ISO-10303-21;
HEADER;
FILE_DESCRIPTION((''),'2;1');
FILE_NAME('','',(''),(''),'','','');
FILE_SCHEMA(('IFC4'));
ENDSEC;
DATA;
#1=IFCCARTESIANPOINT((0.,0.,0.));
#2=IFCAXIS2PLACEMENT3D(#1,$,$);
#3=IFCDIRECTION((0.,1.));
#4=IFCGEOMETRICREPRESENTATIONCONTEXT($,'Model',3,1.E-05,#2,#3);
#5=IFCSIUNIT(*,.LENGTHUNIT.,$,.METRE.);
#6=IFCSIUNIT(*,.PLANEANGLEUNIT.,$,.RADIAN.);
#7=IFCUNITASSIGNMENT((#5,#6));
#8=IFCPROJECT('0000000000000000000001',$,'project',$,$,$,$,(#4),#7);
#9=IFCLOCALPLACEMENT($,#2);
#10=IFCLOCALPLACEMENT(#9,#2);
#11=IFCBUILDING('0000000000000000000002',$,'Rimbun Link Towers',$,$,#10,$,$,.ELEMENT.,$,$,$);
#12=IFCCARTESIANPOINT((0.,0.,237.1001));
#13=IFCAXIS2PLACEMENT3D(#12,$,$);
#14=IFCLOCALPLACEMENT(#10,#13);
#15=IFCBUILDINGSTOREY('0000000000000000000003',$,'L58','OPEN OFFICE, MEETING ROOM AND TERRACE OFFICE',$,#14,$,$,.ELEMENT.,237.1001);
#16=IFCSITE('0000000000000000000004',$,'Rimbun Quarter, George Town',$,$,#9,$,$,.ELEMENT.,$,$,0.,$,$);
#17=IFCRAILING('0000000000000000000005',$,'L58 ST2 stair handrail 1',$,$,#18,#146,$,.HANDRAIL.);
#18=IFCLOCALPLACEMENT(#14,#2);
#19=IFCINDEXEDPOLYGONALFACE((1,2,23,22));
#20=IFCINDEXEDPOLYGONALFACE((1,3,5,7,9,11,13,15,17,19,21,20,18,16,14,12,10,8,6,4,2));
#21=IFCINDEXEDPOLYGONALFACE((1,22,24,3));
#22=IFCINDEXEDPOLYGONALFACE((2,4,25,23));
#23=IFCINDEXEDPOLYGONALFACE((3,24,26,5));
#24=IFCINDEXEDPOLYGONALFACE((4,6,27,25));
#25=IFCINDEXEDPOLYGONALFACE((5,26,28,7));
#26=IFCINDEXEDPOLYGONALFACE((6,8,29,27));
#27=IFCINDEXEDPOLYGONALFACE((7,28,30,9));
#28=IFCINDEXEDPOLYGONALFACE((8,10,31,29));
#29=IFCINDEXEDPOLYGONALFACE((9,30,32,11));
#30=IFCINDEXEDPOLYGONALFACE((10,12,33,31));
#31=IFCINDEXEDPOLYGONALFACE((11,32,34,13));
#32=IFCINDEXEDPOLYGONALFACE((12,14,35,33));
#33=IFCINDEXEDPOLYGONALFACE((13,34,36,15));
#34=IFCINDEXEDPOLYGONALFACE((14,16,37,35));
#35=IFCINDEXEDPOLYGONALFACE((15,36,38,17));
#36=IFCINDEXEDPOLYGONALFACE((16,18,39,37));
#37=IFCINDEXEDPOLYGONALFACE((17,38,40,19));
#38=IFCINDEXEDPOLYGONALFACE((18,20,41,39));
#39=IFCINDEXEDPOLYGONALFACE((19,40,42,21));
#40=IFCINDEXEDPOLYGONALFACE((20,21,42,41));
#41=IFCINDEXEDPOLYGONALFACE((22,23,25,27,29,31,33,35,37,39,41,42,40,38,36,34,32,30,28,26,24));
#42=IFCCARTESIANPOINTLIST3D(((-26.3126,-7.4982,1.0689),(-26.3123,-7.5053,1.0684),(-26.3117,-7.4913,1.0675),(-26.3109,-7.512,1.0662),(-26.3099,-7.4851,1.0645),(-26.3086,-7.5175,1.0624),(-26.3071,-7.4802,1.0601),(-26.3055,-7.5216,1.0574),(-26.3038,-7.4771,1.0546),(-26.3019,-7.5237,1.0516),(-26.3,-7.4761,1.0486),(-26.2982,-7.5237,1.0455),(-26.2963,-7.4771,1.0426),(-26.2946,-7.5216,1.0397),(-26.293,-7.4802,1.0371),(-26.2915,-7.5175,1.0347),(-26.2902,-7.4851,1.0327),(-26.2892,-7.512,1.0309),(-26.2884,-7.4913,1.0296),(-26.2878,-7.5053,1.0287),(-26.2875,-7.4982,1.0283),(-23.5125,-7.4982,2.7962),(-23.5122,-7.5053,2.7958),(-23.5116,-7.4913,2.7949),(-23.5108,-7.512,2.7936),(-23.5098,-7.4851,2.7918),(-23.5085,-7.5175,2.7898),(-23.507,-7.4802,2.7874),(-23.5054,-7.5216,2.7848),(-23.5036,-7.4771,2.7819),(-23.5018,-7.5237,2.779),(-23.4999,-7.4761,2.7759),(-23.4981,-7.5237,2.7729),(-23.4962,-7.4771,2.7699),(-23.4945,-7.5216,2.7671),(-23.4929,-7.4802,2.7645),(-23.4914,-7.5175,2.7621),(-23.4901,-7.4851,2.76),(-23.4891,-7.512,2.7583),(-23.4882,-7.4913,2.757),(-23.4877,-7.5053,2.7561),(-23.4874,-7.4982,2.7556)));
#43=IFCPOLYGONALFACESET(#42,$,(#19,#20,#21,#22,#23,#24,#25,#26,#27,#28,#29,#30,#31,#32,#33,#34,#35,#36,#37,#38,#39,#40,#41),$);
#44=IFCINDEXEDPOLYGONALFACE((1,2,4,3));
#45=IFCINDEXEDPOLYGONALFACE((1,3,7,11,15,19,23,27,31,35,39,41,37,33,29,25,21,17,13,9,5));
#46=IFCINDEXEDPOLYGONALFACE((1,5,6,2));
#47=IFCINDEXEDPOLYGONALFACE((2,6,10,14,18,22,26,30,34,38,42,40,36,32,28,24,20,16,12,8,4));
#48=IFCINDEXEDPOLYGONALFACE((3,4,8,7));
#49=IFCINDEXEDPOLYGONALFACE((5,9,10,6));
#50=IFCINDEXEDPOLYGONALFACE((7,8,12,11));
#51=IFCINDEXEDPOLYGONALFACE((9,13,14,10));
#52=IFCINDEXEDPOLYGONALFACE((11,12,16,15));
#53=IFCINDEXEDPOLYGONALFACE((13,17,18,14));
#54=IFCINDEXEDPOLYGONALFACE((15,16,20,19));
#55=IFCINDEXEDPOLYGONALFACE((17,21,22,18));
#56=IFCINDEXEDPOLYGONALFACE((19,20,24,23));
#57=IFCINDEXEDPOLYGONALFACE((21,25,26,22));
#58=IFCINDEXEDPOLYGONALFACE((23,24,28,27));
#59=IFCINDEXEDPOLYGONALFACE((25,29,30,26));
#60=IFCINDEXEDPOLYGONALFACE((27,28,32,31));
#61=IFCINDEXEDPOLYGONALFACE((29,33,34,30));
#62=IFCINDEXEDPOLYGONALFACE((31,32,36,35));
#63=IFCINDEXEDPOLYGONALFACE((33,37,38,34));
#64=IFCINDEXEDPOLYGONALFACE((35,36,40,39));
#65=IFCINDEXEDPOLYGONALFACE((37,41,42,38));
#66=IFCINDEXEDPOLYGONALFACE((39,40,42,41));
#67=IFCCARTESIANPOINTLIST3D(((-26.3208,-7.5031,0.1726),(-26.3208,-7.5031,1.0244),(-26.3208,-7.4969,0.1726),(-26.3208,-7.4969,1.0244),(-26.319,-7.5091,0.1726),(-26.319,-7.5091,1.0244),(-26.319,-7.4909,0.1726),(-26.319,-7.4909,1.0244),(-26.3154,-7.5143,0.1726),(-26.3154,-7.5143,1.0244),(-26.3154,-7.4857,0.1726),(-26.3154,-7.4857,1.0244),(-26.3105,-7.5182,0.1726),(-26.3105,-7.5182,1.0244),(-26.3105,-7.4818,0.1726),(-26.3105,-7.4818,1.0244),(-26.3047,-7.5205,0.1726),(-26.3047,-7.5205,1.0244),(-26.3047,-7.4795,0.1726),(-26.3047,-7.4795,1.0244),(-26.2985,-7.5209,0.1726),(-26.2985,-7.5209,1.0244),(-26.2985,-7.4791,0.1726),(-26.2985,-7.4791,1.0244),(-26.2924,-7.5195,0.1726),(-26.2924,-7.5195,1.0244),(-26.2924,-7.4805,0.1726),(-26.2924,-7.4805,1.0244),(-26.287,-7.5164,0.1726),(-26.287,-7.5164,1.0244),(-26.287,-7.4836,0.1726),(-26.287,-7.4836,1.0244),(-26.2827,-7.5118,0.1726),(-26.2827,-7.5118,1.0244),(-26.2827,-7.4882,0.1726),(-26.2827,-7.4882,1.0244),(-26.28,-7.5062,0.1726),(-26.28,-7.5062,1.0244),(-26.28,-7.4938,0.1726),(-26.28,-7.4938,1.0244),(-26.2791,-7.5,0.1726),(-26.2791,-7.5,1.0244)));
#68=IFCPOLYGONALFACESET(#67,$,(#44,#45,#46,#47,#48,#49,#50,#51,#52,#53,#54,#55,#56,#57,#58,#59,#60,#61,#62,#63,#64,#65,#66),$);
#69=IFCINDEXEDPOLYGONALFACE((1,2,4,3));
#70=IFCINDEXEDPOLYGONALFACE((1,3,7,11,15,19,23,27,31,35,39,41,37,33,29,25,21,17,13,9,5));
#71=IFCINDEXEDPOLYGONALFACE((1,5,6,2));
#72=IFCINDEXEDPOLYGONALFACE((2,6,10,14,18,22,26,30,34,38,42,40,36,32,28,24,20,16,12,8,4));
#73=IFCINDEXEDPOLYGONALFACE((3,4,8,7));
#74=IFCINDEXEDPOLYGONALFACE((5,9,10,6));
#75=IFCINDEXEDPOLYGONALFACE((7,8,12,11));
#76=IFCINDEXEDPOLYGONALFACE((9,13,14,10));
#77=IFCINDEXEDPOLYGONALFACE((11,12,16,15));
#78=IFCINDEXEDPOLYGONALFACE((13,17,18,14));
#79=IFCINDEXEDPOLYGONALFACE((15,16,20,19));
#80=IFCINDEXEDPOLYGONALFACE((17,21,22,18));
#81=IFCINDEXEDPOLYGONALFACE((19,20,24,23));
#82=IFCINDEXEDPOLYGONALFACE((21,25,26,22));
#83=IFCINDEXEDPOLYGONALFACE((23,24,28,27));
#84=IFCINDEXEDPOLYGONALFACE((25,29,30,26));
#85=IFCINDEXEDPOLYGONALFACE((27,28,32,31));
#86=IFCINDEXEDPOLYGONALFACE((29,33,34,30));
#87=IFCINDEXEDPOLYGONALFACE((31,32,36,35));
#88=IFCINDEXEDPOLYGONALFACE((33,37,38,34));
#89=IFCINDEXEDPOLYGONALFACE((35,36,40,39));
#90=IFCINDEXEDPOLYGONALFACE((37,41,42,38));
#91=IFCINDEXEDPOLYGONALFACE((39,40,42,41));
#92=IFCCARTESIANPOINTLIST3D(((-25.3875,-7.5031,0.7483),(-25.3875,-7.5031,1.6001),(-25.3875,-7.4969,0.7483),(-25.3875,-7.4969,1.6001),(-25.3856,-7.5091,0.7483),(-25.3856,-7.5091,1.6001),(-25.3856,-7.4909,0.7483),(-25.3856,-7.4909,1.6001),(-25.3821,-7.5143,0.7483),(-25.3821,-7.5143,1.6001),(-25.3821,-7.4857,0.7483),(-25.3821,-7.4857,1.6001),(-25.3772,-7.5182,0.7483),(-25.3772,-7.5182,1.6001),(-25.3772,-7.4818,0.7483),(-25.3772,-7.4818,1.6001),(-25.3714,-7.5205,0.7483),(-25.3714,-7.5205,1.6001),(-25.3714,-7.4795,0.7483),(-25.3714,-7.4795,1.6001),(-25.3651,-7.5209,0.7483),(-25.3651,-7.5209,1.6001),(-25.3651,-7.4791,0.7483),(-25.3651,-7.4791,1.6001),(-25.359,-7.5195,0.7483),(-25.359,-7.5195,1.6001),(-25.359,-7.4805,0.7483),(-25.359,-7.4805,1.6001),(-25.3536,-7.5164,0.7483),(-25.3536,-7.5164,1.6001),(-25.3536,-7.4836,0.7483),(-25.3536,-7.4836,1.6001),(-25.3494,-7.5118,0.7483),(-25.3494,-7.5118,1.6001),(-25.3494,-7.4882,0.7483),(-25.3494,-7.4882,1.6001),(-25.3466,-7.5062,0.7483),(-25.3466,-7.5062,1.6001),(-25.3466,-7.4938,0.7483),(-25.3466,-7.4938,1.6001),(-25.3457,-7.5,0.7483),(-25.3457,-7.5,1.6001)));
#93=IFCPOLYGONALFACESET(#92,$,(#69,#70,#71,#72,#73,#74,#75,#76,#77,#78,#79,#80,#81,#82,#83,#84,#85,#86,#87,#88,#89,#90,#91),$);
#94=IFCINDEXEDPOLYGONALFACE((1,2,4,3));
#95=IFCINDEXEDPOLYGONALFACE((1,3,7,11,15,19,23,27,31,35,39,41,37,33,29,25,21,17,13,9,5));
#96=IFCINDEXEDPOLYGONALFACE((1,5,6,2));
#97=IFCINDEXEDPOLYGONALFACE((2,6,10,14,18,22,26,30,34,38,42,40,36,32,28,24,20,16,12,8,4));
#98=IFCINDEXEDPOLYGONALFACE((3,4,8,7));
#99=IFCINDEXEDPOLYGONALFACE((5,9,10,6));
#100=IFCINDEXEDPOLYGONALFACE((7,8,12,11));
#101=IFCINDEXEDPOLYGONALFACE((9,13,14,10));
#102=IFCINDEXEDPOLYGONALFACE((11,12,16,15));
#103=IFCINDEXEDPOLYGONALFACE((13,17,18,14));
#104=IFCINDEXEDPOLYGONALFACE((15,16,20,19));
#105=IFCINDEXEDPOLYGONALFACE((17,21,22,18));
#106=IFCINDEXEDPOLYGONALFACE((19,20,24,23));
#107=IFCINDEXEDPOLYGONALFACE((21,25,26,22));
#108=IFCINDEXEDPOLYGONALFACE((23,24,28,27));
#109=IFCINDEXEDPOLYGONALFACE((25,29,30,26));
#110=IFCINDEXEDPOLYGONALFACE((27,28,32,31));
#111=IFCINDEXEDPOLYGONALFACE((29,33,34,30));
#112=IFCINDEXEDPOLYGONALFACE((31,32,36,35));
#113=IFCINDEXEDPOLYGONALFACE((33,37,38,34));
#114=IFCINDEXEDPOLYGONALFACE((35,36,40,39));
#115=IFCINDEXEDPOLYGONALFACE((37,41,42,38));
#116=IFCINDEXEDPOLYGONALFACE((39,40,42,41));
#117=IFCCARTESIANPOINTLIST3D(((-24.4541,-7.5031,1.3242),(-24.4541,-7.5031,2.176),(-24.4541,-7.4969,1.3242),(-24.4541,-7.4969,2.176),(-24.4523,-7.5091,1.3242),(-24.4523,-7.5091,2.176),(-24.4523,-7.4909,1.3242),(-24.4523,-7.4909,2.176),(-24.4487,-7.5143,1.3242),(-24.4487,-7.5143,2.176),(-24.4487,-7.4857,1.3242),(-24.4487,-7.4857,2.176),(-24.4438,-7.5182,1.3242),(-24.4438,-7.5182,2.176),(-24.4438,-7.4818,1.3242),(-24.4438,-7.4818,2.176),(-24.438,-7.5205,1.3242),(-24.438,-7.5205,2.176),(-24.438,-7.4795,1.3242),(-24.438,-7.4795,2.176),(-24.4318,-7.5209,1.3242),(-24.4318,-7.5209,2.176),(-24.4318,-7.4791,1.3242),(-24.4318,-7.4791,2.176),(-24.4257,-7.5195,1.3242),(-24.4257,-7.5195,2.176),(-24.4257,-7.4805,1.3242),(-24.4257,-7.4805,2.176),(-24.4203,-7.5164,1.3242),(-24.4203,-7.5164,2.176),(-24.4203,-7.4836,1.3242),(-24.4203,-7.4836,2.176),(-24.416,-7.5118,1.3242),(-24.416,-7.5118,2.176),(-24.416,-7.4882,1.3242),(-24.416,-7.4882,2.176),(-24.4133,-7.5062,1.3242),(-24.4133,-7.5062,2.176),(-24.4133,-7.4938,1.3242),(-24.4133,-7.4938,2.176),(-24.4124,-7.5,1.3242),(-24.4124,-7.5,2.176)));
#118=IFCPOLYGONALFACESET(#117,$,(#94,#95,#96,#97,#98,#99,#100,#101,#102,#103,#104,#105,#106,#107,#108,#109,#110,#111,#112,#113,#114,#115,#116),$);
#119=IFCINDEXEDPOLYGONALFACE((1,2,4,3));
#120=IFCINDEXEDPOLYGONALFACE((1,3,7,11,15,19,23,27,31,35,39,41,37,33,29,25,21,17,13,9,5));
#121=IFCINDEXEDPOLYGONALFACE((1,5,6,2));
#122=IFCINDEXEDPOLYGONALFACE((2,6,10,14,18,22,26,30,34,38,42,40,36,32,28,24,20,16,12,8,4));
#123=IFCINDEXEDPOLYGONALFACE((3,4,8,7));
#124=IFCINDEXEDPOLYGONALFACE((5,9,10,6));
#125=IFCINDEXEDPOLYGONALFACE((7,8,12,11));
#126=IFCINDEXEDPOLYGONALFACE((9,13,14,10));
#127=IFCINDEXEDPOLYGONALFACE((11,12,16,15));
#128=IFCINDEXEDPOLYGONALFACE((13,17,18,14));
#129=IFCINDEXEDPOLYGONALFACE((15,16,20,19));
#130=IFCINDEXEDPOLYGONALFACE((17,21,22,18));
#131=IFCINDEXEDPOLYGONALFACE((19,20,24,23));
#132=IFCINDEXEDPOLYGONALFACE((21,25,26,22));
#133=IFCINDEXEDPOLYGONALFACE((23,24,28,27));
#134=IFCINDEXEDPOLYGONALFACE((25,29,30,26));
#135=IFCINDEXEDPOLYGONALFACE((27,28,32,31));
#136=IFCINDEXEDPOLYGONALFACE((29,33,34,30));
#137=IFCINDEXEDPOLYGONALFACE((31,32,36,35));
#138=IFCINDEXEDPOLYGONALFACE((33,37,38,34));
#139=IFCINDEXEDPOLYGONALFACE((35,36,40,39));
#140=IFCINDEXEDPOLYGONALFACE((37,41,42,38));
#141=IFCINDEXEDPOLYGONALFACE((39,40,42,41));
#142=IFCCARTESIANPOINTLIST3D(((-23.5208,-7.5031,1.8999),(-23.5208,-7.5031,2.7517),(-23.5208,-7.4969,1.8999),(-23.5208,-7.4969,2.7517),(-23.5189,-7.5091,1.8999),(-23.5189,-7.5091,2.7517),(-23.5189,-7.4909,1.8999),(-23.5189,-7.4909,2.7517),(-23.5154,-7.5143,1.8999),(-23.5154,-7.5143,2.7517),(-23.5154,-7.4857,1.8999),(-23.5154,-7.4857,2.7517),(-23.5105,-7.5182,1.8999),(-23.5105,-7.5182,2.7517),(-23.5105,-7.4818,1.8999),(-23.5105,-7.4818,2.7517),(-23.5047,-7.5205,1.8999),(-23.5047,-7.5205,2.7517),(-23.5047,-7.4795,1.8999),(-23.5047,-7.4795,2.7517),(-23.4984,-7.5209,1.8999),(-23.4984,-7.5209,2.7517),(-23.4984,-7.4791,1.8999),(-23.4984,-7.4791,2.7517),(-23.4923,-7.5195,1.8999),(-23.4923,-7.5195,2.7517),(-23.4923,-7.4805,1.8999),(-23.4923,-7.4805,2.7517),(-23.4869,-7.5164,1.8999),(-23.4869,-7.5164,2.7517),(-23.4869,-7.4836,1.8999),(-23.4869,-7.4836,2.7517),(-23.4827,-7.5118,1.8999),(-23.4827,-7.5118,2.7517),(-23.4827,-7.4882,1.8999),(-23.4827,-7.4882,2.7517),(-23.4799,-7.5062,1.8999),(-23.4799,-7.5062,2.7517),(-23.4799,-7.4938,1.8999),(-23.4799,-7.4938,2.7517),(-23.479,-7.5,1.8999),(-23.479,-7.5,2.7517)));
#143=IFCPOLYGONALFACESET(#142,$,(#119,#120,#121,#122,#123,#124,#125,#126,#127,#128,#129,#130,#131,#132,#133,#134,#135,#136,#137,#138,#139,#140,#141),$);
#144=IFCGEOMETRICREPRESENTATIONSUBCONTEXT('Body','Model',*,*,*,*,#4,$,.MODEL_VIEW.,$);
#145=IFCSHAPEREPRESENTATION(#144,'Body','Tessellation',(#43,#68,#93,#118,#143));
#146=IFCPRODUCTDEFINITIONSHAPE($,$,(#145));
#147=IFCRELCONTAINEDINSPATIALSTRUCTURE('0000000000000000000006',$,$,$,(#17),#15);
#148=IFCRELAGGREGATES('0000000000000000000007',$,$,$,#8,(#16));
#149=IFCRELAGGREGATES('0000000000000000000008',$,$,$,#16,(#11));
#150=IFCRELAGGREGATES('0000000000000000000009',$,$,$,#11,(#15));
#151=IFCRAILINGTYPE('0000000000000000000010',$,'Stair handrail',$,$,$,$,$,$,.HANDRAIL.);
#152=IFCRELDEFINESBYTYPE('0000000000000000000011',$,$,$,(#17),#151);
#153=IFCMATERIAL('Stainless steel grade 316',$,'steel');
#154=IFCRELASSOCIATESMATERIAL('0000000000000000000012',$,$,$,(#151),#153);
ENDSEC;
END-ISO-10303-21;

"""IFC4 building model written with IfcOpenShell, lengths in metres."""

from ifc_helpers import new_model, si_unit, direction, frame, origin, origin_2d, place, context, subcontext, project, spatial, circle, extrude, material, type_object, element, save


model = new_model("IFC4")

# Units and contexts
model_context = context("Model", 3, precision=1e-05, world=origin(), true_north=direction((0.0, 1.0)))
body_context = subcontext(model_context, "Body", "Model", "MODEL_VIEW")
ifc_project = project(units=[si_unit("LENGTHUNIT", "METRE"), si_unit("PLANEANGLEUNIT", "RADIAN")], contexts=[model_context])

# Site, building, storey
site_placement = place(None, origin())
site = spatial("IfcSite", under=ifc_project, at=site_placement, Name="Rimbun Quarter, George Town", CompositionType="ELEMENT", RefElevation=0.0)
building_placement = place(site_placement, origin())
building = spatial("IfcBuilding", under=site, at=building_placement, Name="Rimbun Link Towers", CompositionType="ELEMENT")
storey_placement = place(building_placement, frame((0.0, 0.0, 237.1001)))
storey = spatial("IfcBuildingStorey", under=building, at=storey_placement, Name="L58", Description="OPEN OFFICE, MEETING ROOM AND TERRACE OFFICE", CompositionType="ELEMENT", Elevation=237.1001)

# Railing
ifc_material_1 = material(Name="Stainless steel grade 316", Category="steel")
railing_type = type_object("IfcRailingType", Name="Stair handrail", PredefinedType="HANDRAIL", material=ifc_material_1)
railing_placement = place(storey_placement, frame((-26.3, -7.5, 0.1726)))
element("IfcRailing", 1, at=railing_placement, inside=storey, type_object=railing_type, Name="L58 ST2 stair handrail 1", PredefinedType="HANDRAIL", context=body_context, shape_type="SweptSolid", body=[
    extrude(circle(Radius=0.0239, at=origin_2d()), frame((0.0, 0.0, 0.876), z_axis=(0.85109, 0.0, 0.52502), x_axis=(0.0, 1.0, 0.0)), (0.0, 0.0, 1.0), 3.29),
    extrude(circle(Radius=0.021, at=origin_2d()), origin(), (0.0, 0.0, 1.0), 0.8518),
    extrude(circle(Radius=0.021, at=origin_2d()), frame((0.9333, 0.0, 0.5757)), (0.0, 0.0, 1.0), 0.8518),
    extrude(circle(Radius=0.021, at=origin_2d()), frame((1.8667, 0.0, 1.1516)), (0.0, 0.0, 1.0), 0.8518),
    extrude(circle(Radius=0.021, at=origin_2d()), frame((2.8, 0.0, 1.7273)), (0.0, 0.0, 1.0), 0.8518),
])

save(model, "model.ifc")
